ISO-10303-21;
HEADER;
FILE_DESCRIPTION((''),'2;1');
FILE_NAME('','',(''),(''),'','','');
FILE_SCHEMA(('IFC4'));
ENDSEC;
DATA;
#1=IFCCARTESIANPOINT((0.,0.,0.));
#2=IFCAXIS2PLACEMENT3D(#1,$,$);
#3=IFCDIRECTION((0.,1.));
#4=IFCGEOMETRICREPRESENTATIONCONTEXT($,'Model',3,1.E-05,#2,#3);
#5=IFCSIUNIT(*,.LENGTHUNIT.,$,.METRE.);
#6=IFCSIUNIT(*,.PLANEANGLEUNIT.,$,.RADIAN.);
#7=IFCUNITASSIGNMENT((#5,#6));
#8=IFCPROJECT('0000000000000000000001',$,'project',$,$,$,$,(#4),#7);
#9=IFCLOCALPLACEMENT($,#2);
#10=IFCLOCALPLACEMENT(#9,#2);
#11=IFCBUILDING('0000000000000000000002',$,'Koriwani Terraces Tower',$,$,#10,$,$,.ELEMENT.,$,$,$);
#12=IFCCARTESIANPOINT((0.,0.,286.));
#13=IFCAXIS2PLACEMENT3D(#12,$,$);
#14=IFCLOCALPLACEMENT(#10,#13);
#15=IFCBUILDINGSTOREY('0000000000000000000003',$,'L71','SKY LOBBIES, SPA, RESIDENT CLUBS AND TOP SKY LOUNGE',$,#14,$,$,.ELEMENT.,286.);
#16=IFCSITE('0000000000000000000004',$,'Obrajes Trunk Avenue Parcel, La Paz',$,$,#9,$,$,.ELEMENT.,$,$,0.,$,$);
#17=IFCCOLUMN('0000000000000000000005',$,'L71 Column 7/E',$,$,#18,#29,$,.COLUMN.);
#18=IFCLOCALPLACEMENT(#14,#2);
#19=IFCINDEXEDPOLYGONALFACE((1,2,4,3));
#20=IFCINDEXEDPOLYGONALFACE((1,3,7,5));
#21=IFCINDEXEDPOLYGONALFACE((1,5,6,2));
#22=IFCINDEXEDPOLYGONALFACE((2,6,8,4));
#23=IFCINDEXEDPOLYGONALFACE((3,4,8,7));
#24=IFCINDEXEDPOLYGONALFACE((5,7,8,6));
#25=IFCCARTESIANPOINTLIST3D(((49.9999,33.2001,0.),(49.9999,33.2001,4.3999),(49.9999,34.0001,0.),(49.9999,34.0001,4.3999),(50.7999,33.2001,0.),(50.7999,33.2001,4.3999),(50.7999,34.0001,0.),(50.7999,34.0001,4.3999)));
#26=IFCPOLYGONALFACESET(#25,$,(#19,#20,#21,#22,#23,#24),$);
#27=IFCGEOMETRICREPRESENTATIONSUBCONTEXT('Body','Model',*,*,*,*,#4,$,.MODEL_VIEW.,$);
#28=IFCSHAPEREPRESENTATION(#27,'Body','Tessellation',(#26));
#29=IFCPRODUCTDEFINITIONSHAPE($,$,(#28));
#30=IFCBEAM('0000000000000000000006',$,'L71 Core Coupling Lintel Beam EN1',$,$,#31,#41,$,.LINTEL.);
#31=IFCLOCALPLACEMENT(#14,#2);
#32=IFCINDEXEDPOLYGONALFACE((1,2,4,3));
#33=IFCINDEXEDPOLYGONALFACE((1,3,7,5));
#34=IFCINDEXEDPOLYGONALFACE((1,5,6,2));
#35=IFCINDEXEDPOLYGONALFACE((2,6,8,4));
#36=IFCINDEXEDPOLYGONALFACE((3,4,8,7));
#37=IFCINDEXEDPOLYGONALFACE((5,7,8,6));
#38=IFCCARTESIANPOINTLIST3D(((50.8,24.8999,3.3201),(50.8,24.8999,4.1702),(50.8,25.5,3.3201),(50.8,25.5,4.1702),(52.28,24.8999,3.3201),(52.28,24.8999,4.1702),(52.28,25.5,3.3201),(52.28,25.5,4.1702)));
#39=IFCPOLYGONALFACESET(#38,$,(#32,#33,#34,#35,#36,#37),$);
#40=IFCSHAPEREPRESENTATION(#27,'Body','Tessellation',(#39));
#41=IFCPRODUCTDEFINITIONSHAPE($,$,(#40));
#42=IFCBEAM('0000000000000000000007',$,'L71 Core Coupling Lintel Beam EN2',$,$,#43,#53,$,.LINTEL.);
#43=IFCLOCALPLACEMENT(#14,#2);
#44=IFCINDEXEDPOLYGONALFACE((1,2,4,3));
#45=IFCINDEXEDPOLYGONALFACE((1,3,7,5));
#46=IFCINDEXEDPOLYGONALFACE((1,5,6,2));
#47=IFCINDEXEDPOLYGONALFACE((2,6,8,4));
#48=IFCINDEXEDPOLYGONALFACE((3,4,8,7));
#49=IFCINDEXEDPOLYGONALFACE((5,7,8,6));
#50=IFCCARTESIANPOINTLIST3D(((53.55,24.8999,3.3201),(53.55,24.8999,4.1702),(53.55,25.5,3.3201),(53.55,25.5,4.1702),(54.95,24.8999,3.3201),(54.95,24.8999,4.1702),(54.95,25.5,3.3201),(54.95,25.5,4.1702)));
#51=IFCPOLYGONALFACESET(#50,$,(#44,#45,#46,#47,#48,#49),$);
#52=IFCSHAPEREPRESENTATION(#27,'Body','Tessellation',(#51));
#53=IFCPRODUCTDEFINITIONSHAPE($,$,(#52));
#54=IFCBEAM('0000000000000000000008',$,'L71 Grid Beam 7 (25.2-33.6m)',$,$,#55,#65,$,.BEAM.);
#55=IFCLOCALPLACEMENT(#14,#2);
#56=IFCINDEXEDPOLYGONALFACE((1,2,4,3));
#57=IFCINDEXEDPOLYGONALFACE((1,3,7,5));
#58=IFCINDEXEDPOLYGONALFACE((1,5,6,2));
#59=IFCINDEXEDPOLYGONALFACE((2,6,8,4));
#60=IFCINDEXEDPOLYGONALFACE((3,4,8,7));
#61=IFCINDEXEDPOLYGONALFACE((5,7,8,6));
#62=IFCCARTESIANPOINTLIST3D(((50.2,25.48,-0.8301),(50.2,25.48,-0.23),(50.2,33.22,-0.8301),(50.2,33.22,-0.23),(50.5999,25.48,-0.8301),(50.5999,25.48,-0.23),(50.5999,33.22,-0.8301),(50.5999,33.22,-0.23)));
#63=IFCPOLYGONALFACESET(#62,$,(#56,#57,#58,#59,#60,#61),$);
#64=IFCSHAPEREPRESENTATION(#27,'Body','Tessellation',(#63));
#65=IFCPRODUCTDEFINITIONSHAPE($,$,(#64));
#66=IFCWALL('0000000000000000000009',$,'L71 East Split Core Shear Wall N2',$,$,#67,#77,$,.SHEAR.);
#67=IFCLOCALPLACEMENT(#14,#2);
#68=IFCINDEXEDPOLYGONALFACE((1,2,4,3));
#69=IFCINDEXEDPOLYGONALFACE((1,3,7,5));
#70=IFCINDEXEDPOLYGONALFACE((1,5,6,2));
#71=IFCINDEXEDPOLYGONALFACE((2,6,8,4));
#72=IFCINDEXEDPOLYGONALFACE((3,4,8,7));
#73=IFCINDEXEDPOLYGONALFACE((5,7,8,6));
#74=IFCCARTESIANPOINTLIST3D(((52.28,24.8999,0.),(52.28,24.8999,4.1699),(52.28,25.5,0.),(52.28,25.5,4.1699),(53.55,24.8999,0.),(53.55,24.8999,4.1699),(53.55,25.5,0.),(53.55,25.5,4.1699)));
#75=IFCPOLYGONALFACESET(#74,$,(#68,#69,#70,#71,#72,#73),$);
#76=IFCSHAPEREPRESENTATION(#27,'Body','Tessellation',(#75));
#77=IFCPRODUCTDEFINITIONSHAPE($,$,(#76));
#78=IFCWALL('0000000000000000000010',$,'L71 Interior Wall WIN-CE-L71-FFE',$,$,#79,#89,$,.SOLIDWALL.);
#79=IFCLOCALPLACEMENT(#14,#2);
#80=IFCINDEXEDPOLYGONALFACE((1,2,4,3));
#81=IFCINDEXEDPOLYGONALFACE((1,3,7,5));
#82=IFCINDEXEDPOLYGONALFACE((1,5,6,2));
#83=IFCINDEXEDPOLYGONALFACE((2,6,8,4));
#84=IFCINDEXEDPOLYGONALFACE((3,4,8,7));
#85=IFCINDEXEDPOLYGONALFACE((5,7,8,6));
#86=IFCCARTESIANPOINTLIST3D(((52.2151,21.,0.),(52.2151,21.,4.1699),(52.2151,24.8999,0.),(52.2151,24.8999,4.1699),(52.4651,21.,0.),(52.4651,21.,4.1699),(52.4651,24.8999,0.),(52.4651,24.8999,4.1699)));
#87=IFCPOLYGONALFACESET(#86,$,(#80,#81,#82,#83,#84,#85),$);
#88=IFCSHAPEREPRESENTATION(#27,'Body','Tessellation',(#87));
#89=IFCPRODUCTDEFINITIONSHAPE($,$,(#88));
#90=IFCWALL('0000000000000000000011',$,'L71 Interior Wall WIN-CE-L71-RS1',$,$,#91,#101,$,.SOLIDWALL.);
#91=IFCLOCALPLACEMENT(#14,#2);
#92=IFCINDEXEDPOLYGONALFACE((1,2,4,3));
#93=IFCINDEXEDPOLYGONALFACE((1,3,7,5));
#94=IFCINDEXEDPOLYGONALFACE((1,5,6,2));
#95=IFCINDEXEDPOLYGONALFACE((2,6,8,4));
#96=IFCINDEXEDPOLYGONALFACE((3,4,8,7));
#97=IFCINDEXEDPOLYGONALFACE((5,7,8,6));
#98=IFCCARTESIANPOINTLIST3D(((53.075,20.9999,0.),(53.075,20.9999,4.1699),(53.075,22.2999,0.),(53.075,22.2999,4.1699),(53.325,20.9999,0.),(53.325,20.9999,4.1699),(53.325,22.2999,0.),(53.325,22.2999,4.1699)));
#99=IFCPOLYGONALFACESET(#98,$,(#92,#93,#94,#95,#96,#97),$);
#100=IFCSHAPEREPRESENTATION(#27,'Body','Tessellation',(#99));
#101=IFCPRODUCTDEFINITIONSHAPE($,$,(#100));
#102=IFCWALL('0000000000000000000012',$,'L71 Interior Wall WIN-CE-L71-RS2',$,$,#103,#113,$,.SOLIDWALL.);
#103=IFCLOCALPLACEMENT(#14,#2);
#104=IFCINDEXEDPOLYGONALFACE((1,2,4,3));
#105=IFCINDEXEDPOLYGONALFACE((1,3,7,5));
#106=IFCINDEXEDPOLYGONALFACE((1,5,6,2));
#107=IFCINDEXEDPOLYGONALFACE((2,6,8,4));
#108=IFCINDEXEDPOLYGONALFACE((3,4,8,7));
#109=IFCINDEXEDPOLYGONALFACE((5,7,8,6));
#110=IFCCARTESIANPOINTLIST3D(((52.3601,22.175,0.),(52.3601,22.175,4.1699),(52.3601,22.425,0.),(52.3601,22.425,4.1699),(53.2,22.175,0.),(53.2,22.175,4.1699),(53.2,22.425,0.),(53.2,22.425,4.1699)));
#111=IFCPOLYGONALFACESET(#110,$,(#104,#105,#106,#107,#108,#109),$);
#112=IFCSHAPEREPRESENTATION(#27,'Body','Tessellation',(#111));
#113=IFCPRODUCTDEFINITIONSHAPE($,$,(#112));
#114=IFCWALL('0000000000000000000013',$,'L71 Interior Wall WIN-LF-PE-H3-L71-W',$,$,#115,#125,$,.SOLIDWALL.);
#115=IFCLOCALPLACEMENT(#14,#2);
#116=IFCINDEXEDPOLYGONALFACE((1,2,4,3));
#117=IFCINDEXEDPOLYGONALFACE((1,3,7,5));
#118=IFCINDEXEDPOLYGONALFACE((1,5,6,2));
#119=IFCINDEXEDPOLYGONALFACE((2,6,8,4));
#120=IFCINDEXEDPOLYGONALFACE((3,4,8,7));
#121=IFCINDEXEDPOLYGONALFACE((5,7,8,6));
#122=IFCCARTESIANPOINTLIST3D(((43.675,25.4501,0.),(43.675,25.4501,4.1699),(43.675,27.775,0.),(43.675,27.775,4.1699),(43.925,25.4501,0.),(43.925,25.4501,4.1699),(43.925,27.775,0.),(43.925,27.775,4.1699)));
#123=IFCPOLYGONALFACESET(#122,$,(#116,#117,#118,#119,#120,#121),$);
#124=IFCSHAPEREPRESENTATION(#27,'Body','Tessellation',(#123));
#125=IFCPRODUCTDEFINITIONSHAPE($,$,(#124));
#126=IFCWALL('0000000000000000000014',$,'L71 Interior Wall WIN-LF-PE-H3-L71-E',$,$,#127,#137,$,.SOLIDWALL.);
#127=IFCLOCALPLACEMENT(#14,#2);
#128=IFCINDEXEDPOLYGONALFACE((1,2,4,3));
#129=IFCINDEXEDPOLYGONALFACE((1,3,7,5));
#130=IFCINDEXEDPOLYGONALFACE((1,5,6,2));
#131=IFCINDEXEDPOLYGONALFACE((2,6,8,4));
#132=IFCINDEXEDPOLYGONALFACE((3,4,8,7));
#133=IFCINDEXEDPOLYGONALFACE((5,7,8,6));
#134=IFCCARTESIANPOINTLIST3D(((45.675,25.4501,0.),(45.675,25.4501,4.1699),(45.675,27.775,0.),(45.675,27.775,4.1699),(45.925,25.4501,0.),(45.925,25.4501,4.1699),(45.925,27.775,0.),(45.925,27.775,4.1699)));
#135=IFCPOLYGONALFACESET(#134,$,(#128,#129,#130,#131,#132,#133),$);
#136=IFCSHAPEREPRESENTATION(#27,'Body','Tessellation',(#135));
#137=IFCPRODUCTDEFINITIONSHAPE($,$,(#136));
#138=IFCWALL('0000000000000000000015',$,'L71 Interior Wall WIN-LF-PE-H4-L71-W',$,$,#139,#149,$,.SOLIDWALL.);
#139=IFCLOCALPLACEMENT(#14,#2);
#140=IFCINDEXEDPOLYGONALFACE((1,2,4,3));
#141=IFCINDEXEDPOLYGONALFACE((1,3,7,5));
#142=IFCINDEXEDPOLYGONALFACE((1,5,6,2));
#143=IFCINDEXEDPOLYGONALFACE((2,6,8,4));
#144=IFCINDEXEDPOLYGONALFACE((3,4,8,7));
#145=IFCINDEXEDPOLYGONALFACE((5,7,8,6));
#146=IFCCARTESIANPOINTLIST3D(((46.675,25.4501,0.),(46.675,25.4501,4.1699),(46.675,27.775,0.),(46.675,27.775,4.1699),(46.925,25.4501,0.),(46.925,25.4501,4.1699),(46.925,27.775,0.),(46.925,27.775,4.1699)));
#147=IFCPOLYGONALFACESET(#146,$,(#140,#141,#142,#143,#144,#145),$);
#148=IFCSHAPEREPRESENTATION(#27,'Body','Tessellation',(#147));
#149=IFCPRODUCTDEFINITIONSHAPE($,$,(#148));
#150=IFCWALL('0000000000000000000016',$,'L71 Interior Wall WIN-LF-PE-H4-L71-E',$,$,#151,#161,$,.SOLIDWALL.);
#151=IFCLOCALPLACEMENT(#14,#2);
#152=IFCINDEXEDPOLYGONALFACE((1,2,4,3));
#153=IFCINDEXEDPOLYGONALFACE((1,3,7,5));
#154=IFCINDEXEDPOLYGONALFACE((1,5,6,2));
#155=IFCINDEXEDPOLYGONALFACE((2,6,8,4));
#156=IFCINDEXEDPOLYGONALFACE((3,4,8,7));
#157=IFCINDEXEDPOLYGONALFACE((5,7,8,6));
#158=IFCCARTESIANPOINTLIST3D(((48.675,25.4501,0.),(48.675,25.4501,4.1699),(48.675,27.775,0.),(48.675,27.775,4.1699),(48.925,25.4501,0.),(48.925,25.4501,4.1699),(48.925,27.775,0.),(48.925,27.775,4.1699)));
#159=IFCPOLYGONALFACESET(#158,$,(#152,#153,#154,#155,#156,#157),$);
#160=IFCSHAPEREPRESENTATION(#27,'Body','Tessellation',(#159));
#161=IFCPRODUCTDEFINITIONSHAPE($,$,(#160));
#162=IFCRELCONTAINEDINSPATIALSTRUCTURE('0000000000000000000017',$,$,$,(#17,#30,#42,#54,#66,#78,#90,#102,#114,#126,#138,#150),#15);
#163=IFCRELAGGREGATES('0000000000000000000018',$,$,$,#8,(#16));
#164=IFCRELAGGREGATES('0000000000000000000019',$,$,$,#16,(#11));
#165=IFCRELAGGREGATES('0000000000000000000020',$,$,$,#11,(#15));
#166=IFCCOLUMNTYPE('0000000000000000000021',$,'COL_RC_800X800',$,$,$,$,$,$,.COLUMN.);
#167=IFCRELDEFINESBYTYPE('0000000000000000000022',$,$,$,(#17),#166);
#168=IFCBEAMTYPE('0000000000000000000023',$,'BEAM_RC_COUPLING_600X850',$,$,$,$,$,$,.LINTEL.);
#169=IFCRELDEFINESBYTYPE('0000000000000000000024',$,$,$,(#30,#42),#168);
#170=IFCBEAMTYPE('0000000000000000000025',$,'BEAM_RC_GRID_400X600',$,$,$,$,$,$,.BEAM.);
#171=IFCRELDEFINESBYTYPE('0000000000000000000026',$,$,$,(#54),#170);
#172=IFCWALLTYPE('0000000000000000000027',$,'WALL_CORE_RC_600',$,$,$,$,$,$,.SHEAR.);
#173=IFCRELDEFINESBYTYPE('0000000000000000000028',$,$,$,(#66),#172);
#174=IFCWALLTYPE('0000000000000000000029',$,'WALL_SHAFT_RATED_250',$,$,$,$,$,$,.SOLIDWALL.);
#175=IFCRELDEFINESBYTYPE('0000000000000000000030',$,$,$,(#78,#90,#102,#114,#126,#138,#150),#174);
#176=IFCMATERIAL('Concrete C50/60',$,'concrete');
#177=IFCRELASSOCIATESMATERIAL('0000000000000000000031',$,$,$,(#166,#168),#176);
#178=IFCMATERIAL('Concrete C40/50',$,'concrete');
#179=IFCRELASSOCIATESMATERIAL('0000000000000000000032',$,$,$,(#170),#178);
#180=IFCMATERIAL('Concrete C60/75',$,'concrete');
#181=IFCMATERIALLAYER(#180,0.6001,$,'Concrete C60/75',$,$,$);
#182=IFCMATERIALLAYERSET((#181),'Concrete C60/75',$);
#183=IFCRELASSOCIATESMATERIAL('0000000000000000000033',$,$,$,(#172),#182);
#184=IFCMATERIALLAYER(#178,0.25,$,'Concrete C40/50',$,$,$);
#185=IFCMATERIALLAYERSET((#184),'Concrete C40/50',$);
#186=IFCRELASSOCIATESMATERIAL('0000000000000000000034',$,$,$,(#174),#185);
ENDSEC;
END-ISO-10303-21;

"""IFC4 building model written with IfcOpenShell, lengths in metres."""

from ifc_helpers import new_model, si_unit, direction, frame, frame_2d, origin, origin_2d, place, context, subcontext, project, spatial, rectangle, extrude, material, layer, layer_set, material_profile, profile_set, type_object, element, save


model = new_model("IFC4")

# Units and contexts
model_context = context("Model", 3, precision=1e-05, world=origin(), true_north=direction((0.0, 1.0)))
body_context = subcontext(model_context, "Body", "Model", "MODEL_VIEW")
ifc_project = project(units=[si_unit("LENGTHUNIT", "METRE"), si_unit("PLANEANGLEUNIT", "RADIAN")], contexts=[model_context])

# Site, building, storey
site_placement = place(None, origin())
site = spatial("IfcSite", under=ifc_project, at=site_placement, Name="Obrajes Trunk Avenue Parcel, La Paz", CompositionType="ELEMENT", RefElevation=0.0)
building_placement = place(site_placement, origin())
building = spatial("IfcBuilding", under=site, at=building_placement, Name="Koriwani Terraces Tower", CompositionType="ELEMENT")
storey_placement = place(building_placement, frame((0.0, 0.0, 286.0)))
storey = spatial("IfcBuildingStorey", under=building, at=storey_placement, Name="L71", Description="SKY LOBBIES, SPA, RESIDENT CLUBS AND TOP SKY LOUNGE", CompositionType="ELEMENT", Elevation=286.0)

# Column
ifc_material_1 = material(Name="Concrete C50/60", Category="concrete")
ifc_material_profile_1 = material_profile(ifc_material_1, rectangle(XDim=0.8, YDim=0.8, at=origin_2d()), Name="Concrete C50/60", Category="LoadBearing")
ifc_profile_set_1 = profile_set([ifc_material_profile_1], Name="Concrete C50/60")
column_type = type_object("IfcColumnType", Name="COL_RC_800X800", PredefinedType="COLUMN", material=ifc_profile_set_1)
column_placement = place(storey_placement, frame((50.3999, 33.6001, 0.0), z_axis=(0.0, 0.0, 1.0), x_axis=(1.0, 0.0, 0.0)))
element("IfcColumn", 1, at=column_placement, inside=storey, type_object=column_type, Name="L71 Column 7/E", PredefinedType="COLUMN", context=body_context, shape_type="SweptSolid", body=[
    extrude(rectangle(XDim=0.8, YDim=0.8, at=origin_2d()), origin(), (0.0, 0.0, 1.0), 4.3999),
])

# Beams
ifc_material_profile_2 = material_profile(ifc_material_1, rectangle(XDim=0.6001, YDim=0.8501, at=origin_2d()), Name="Concrete C50/60", Category="LoadBearing")
ifc_profile_set_2 = profile_set([ifc_material_profile_2], Name="Concrete C50/60")
beam_type_1 = type_object("IfcBeamType", Name="BEAM_RC_COUPLING_600X850", PredefinedType="LINTEL", material=ifc_profile_set_2)
beam_1_placement = place(storey_placement, frame((50.8, 25.2, 3.7451), z_axis=(1.0, 0.0, 0.0), x_axis=(0.0, 1.0, 0.0)))
element("IfcBeam", 2, at=beam_1_placement, inside=storey, type_object=beam_type_1, Name="L71 Core Coupling Lintel Beam EN1", PredefinedType="LINTEL", context=body_context, shape_type="SweptSolid", body=[
    extrude(rectangle(XDim=0.6001, YDim=0.8501, at=origin_2d()), origin(), (0.0, 0.0, 1.0), 1.48),
])
beam_2_placement = place(storey_placement, frame((53.55, 25.2, 3.7451), z_axis=(1.0, 0.0, 0.0), x_axis=(0.0, 1.0, 0.0)))
element("IfcBeam", 3, at=beam_2_placement, inside=storey, type_object=beam_type_1, Name="L71 Core Coupling Lintel Beam EN2", PredefinedType="LINTEL", context=body_context, shape_type="SweptSolid", body=[
    extrude(rectangle(XDim=0.6001, YDim=0.8501, at=origin_2d()), origin(), (0.0, 0.0, 1.0), 1.3999),
])
ifc_material_2 = material(Name="Concrete C40/50", Category="concrete")
ifc_material_profile_3 = material_profile(ifc_material_2, rectangle(XDim=0.3999, YDim=0.6001, at=origin_2d()), Name="Concrete C40/50", Category="LoadBearing")
ifc_profile_set_3 = profile_set([ifc_material_profile_3], Name="Concrete C40/50")
beam_type_2 = type_object("IfcBeamType", Name="BEAM_RC_GRID_400X600", PredefinedType="BEAM", material=ifc_profile_set_3)
beam_3_placement = place(storey_placement, frame((50.3999, 25.48, -0.53), z_axis=(0.0, 1.0, 0.0), x_axis=(-1.0, 0.0, 0.0)))
element("IfcBeam", 4, at=beam_3_placement, inside=storey, type_object=beam_type_2, Name="L71 Grid Beam 7 (25.2-33.6m)", PredefinedType="BEAM", context=body_context, shape_type="SweptSolid", body=[
    extrude(rectangle(XDim=0.3999, YDim=0.6001, at=origin_2d()), origin(), (0.0, 0.0, 1.0), 7.74),
])

# Wall
ifc_material_3 = material(Name="Concrete C60/75", Category="concrete")
ifc_layer_1 = layer(ifc_material_3, 0.6001, Name="Concrete C60/75")
ifc_layer_set_1 = layer_set([ifc_layer_1], Name="Concrete C60/75")
wall_type_1 = type_object("IfcWallType", Name="WALL_CORE_RC_600", PredefinedType="SHEAR", material=ifc_layer_set_1)
wall_1_placement = place(storey_placement, frame((52.28, 25.2, 0.0), z_axis=(0.0, 0.0, 1.0), x_axis=(1.0, 0.0, 0.0)))
element("IfcWall", 5, at=wall_1_placement, inside=storey, type_object=wall_type_1, Name="L71 East Split Core Shear Wall N2", PredefinedType="SHEAR", context=body_context, shape_type="SweptSolid", body=[
    extrude(rectangle(XDim=1.27, YDim=0.6001, at=frame_2d((0.635, 0.0))), origin(), (0.0, 0.0, 1.0), 4.1699),
])

# Shared definitions
ifc_layer_2 = layer(ifc_material_2, 0.25, Name="Concrete C40/50")
ifc_layer_set_2 = layer_set([ifc_layer_2], Name="Concrete C40/50")
wall_type_2 = type_object("IfcWallType", Name="WALL_SHAFT_RATED_250", PredefinedType="SOLIDWALL", material=ifc_layer_set_2)

# Wall
wall_2_placement = place(storey_placement, frame((52.3401, 21.0, 0.0), z_axis=(0.0, 0.0, 1.0), x_axis=(0.0, 1.0, 0.0)))
element("IfcWall", 6, at=wall_2_placement, inside=storey, type_object=wall_type_2, Name="L71 Interior Wall WIN-CE-L71-FFE", PredefinedType="SOLIDWALL", context=body_context, shape_type="SweptSolid", body=[
    extrude(rectangle(XDim=3.8999, YDim=0.25, at=frame_2d((1.95, 0.0))), origin(), (0.0, 0.0, 1.0), 4.1699),
])

# Walls
wall_3_placement = place(storey_placement, frame((53.2, 21.0, 0.0), z_axis=(0.0, 0.0, 1.0), x_axis=(0.0, 1.0, 0.0)))
element("IfcWall", 7, at=wall_3_placement, inside=storey, type_object=wall_type_2, Name="L71 Interior Wall WIN-CE-L71-RS1", PredefinedType="SOLIDWALL", context=body_context, shape_type="SweptSolid", body=[
    extrude(rectangle(XDim=1.3, YDim=0.25, at=frame_2d((0.6499, 0.0))), origin(), (0.0, 0.0, 1.0), 4.1699),
])
wall_4_placement = place(storey_placement, frame((52.3601, 22.3, 0.0), z_axis=(0.0, 0.0, 1.0), x_axis=(1.0, 0.0, 0.0)))
element("IfcWall", 8, at=wall_4_placement, inside=storey, type_object=wall_type_2, Name="L71 Interior Wall WIN-CE-L71-RS2", PredefinedType="SOLIDWALL", context=body_context, shape_type="SweptSolid", body=[
    extrude(rectangle(XDim=0.8398, YDim=0.25, at=frame_2d((0.4199, 0.0))), origin(), (0.0, 0.0, 1.0), 4.1699),
])
for number, where, z_axis, x_axis, name in (
    (9, (43.8, 25.45, 0.0), (0.0, 0.0, 1.0), (0.0, 1.0, 0.0), "L71 Interior Wall WIN-LF-PE-H3-L71-W"),
    (10, (45.8, 25.45, 0.0), (0.0, 0.0, 1.0), (0.0, 1.0, 0.0), "L71 Interior Wall WIN-LF-PE-H3-L71-E"),
):
    element("IfcWall", number, at=place(storey_placement, frame(where, z_axis=z_axis, x_axis=x_axis)), inside=storey, type_object=wall_type_2, Name=name, PredefinedType="SOLIDWALL", context=body_context, shape_type="SweptSolid", body=[
        extrude(rectangle(XDim=2.325, YDim=0.25, at=frame_2d((1.1626, 0.0))), origin(), (0.0, 0.0, 1.0), 4.1699),
    ])

# Walls
for number, where, z_axis, x_axis, name in (
    (11, (46.8, 25.45, 0.0), (0.0, 0.0, 1.0), (0.0, 1.0, 0.0), "L71 Interior Wall WIN-LF-PE-H4-L71-W"),
    (12, (48.8, 25.45, 0.0), (0.0, 0.0, 1.0), (0.0, 1.0, 0.0), "L71 Interior Wall WIN-LF-PE-H4-L71-E"),
):
    element("IfcWall", number, at=place(storey_placement, frame(where, z_axis=z_axis, x_axis=x_axis)), inside=storey, type_object=wall_type_2, Name=name, PredefinedType="SOLIDWALL", context=body_context, shape_type="SweptSolid", body=[
        extrude(rectangle(XDim=2.325, YDim=0.25, at=frame_2d((1.1626, 0.0))), origin(), (0.0, 0.0, 1.0), 4.1699),
    ])

save(model, "model.ifc")
